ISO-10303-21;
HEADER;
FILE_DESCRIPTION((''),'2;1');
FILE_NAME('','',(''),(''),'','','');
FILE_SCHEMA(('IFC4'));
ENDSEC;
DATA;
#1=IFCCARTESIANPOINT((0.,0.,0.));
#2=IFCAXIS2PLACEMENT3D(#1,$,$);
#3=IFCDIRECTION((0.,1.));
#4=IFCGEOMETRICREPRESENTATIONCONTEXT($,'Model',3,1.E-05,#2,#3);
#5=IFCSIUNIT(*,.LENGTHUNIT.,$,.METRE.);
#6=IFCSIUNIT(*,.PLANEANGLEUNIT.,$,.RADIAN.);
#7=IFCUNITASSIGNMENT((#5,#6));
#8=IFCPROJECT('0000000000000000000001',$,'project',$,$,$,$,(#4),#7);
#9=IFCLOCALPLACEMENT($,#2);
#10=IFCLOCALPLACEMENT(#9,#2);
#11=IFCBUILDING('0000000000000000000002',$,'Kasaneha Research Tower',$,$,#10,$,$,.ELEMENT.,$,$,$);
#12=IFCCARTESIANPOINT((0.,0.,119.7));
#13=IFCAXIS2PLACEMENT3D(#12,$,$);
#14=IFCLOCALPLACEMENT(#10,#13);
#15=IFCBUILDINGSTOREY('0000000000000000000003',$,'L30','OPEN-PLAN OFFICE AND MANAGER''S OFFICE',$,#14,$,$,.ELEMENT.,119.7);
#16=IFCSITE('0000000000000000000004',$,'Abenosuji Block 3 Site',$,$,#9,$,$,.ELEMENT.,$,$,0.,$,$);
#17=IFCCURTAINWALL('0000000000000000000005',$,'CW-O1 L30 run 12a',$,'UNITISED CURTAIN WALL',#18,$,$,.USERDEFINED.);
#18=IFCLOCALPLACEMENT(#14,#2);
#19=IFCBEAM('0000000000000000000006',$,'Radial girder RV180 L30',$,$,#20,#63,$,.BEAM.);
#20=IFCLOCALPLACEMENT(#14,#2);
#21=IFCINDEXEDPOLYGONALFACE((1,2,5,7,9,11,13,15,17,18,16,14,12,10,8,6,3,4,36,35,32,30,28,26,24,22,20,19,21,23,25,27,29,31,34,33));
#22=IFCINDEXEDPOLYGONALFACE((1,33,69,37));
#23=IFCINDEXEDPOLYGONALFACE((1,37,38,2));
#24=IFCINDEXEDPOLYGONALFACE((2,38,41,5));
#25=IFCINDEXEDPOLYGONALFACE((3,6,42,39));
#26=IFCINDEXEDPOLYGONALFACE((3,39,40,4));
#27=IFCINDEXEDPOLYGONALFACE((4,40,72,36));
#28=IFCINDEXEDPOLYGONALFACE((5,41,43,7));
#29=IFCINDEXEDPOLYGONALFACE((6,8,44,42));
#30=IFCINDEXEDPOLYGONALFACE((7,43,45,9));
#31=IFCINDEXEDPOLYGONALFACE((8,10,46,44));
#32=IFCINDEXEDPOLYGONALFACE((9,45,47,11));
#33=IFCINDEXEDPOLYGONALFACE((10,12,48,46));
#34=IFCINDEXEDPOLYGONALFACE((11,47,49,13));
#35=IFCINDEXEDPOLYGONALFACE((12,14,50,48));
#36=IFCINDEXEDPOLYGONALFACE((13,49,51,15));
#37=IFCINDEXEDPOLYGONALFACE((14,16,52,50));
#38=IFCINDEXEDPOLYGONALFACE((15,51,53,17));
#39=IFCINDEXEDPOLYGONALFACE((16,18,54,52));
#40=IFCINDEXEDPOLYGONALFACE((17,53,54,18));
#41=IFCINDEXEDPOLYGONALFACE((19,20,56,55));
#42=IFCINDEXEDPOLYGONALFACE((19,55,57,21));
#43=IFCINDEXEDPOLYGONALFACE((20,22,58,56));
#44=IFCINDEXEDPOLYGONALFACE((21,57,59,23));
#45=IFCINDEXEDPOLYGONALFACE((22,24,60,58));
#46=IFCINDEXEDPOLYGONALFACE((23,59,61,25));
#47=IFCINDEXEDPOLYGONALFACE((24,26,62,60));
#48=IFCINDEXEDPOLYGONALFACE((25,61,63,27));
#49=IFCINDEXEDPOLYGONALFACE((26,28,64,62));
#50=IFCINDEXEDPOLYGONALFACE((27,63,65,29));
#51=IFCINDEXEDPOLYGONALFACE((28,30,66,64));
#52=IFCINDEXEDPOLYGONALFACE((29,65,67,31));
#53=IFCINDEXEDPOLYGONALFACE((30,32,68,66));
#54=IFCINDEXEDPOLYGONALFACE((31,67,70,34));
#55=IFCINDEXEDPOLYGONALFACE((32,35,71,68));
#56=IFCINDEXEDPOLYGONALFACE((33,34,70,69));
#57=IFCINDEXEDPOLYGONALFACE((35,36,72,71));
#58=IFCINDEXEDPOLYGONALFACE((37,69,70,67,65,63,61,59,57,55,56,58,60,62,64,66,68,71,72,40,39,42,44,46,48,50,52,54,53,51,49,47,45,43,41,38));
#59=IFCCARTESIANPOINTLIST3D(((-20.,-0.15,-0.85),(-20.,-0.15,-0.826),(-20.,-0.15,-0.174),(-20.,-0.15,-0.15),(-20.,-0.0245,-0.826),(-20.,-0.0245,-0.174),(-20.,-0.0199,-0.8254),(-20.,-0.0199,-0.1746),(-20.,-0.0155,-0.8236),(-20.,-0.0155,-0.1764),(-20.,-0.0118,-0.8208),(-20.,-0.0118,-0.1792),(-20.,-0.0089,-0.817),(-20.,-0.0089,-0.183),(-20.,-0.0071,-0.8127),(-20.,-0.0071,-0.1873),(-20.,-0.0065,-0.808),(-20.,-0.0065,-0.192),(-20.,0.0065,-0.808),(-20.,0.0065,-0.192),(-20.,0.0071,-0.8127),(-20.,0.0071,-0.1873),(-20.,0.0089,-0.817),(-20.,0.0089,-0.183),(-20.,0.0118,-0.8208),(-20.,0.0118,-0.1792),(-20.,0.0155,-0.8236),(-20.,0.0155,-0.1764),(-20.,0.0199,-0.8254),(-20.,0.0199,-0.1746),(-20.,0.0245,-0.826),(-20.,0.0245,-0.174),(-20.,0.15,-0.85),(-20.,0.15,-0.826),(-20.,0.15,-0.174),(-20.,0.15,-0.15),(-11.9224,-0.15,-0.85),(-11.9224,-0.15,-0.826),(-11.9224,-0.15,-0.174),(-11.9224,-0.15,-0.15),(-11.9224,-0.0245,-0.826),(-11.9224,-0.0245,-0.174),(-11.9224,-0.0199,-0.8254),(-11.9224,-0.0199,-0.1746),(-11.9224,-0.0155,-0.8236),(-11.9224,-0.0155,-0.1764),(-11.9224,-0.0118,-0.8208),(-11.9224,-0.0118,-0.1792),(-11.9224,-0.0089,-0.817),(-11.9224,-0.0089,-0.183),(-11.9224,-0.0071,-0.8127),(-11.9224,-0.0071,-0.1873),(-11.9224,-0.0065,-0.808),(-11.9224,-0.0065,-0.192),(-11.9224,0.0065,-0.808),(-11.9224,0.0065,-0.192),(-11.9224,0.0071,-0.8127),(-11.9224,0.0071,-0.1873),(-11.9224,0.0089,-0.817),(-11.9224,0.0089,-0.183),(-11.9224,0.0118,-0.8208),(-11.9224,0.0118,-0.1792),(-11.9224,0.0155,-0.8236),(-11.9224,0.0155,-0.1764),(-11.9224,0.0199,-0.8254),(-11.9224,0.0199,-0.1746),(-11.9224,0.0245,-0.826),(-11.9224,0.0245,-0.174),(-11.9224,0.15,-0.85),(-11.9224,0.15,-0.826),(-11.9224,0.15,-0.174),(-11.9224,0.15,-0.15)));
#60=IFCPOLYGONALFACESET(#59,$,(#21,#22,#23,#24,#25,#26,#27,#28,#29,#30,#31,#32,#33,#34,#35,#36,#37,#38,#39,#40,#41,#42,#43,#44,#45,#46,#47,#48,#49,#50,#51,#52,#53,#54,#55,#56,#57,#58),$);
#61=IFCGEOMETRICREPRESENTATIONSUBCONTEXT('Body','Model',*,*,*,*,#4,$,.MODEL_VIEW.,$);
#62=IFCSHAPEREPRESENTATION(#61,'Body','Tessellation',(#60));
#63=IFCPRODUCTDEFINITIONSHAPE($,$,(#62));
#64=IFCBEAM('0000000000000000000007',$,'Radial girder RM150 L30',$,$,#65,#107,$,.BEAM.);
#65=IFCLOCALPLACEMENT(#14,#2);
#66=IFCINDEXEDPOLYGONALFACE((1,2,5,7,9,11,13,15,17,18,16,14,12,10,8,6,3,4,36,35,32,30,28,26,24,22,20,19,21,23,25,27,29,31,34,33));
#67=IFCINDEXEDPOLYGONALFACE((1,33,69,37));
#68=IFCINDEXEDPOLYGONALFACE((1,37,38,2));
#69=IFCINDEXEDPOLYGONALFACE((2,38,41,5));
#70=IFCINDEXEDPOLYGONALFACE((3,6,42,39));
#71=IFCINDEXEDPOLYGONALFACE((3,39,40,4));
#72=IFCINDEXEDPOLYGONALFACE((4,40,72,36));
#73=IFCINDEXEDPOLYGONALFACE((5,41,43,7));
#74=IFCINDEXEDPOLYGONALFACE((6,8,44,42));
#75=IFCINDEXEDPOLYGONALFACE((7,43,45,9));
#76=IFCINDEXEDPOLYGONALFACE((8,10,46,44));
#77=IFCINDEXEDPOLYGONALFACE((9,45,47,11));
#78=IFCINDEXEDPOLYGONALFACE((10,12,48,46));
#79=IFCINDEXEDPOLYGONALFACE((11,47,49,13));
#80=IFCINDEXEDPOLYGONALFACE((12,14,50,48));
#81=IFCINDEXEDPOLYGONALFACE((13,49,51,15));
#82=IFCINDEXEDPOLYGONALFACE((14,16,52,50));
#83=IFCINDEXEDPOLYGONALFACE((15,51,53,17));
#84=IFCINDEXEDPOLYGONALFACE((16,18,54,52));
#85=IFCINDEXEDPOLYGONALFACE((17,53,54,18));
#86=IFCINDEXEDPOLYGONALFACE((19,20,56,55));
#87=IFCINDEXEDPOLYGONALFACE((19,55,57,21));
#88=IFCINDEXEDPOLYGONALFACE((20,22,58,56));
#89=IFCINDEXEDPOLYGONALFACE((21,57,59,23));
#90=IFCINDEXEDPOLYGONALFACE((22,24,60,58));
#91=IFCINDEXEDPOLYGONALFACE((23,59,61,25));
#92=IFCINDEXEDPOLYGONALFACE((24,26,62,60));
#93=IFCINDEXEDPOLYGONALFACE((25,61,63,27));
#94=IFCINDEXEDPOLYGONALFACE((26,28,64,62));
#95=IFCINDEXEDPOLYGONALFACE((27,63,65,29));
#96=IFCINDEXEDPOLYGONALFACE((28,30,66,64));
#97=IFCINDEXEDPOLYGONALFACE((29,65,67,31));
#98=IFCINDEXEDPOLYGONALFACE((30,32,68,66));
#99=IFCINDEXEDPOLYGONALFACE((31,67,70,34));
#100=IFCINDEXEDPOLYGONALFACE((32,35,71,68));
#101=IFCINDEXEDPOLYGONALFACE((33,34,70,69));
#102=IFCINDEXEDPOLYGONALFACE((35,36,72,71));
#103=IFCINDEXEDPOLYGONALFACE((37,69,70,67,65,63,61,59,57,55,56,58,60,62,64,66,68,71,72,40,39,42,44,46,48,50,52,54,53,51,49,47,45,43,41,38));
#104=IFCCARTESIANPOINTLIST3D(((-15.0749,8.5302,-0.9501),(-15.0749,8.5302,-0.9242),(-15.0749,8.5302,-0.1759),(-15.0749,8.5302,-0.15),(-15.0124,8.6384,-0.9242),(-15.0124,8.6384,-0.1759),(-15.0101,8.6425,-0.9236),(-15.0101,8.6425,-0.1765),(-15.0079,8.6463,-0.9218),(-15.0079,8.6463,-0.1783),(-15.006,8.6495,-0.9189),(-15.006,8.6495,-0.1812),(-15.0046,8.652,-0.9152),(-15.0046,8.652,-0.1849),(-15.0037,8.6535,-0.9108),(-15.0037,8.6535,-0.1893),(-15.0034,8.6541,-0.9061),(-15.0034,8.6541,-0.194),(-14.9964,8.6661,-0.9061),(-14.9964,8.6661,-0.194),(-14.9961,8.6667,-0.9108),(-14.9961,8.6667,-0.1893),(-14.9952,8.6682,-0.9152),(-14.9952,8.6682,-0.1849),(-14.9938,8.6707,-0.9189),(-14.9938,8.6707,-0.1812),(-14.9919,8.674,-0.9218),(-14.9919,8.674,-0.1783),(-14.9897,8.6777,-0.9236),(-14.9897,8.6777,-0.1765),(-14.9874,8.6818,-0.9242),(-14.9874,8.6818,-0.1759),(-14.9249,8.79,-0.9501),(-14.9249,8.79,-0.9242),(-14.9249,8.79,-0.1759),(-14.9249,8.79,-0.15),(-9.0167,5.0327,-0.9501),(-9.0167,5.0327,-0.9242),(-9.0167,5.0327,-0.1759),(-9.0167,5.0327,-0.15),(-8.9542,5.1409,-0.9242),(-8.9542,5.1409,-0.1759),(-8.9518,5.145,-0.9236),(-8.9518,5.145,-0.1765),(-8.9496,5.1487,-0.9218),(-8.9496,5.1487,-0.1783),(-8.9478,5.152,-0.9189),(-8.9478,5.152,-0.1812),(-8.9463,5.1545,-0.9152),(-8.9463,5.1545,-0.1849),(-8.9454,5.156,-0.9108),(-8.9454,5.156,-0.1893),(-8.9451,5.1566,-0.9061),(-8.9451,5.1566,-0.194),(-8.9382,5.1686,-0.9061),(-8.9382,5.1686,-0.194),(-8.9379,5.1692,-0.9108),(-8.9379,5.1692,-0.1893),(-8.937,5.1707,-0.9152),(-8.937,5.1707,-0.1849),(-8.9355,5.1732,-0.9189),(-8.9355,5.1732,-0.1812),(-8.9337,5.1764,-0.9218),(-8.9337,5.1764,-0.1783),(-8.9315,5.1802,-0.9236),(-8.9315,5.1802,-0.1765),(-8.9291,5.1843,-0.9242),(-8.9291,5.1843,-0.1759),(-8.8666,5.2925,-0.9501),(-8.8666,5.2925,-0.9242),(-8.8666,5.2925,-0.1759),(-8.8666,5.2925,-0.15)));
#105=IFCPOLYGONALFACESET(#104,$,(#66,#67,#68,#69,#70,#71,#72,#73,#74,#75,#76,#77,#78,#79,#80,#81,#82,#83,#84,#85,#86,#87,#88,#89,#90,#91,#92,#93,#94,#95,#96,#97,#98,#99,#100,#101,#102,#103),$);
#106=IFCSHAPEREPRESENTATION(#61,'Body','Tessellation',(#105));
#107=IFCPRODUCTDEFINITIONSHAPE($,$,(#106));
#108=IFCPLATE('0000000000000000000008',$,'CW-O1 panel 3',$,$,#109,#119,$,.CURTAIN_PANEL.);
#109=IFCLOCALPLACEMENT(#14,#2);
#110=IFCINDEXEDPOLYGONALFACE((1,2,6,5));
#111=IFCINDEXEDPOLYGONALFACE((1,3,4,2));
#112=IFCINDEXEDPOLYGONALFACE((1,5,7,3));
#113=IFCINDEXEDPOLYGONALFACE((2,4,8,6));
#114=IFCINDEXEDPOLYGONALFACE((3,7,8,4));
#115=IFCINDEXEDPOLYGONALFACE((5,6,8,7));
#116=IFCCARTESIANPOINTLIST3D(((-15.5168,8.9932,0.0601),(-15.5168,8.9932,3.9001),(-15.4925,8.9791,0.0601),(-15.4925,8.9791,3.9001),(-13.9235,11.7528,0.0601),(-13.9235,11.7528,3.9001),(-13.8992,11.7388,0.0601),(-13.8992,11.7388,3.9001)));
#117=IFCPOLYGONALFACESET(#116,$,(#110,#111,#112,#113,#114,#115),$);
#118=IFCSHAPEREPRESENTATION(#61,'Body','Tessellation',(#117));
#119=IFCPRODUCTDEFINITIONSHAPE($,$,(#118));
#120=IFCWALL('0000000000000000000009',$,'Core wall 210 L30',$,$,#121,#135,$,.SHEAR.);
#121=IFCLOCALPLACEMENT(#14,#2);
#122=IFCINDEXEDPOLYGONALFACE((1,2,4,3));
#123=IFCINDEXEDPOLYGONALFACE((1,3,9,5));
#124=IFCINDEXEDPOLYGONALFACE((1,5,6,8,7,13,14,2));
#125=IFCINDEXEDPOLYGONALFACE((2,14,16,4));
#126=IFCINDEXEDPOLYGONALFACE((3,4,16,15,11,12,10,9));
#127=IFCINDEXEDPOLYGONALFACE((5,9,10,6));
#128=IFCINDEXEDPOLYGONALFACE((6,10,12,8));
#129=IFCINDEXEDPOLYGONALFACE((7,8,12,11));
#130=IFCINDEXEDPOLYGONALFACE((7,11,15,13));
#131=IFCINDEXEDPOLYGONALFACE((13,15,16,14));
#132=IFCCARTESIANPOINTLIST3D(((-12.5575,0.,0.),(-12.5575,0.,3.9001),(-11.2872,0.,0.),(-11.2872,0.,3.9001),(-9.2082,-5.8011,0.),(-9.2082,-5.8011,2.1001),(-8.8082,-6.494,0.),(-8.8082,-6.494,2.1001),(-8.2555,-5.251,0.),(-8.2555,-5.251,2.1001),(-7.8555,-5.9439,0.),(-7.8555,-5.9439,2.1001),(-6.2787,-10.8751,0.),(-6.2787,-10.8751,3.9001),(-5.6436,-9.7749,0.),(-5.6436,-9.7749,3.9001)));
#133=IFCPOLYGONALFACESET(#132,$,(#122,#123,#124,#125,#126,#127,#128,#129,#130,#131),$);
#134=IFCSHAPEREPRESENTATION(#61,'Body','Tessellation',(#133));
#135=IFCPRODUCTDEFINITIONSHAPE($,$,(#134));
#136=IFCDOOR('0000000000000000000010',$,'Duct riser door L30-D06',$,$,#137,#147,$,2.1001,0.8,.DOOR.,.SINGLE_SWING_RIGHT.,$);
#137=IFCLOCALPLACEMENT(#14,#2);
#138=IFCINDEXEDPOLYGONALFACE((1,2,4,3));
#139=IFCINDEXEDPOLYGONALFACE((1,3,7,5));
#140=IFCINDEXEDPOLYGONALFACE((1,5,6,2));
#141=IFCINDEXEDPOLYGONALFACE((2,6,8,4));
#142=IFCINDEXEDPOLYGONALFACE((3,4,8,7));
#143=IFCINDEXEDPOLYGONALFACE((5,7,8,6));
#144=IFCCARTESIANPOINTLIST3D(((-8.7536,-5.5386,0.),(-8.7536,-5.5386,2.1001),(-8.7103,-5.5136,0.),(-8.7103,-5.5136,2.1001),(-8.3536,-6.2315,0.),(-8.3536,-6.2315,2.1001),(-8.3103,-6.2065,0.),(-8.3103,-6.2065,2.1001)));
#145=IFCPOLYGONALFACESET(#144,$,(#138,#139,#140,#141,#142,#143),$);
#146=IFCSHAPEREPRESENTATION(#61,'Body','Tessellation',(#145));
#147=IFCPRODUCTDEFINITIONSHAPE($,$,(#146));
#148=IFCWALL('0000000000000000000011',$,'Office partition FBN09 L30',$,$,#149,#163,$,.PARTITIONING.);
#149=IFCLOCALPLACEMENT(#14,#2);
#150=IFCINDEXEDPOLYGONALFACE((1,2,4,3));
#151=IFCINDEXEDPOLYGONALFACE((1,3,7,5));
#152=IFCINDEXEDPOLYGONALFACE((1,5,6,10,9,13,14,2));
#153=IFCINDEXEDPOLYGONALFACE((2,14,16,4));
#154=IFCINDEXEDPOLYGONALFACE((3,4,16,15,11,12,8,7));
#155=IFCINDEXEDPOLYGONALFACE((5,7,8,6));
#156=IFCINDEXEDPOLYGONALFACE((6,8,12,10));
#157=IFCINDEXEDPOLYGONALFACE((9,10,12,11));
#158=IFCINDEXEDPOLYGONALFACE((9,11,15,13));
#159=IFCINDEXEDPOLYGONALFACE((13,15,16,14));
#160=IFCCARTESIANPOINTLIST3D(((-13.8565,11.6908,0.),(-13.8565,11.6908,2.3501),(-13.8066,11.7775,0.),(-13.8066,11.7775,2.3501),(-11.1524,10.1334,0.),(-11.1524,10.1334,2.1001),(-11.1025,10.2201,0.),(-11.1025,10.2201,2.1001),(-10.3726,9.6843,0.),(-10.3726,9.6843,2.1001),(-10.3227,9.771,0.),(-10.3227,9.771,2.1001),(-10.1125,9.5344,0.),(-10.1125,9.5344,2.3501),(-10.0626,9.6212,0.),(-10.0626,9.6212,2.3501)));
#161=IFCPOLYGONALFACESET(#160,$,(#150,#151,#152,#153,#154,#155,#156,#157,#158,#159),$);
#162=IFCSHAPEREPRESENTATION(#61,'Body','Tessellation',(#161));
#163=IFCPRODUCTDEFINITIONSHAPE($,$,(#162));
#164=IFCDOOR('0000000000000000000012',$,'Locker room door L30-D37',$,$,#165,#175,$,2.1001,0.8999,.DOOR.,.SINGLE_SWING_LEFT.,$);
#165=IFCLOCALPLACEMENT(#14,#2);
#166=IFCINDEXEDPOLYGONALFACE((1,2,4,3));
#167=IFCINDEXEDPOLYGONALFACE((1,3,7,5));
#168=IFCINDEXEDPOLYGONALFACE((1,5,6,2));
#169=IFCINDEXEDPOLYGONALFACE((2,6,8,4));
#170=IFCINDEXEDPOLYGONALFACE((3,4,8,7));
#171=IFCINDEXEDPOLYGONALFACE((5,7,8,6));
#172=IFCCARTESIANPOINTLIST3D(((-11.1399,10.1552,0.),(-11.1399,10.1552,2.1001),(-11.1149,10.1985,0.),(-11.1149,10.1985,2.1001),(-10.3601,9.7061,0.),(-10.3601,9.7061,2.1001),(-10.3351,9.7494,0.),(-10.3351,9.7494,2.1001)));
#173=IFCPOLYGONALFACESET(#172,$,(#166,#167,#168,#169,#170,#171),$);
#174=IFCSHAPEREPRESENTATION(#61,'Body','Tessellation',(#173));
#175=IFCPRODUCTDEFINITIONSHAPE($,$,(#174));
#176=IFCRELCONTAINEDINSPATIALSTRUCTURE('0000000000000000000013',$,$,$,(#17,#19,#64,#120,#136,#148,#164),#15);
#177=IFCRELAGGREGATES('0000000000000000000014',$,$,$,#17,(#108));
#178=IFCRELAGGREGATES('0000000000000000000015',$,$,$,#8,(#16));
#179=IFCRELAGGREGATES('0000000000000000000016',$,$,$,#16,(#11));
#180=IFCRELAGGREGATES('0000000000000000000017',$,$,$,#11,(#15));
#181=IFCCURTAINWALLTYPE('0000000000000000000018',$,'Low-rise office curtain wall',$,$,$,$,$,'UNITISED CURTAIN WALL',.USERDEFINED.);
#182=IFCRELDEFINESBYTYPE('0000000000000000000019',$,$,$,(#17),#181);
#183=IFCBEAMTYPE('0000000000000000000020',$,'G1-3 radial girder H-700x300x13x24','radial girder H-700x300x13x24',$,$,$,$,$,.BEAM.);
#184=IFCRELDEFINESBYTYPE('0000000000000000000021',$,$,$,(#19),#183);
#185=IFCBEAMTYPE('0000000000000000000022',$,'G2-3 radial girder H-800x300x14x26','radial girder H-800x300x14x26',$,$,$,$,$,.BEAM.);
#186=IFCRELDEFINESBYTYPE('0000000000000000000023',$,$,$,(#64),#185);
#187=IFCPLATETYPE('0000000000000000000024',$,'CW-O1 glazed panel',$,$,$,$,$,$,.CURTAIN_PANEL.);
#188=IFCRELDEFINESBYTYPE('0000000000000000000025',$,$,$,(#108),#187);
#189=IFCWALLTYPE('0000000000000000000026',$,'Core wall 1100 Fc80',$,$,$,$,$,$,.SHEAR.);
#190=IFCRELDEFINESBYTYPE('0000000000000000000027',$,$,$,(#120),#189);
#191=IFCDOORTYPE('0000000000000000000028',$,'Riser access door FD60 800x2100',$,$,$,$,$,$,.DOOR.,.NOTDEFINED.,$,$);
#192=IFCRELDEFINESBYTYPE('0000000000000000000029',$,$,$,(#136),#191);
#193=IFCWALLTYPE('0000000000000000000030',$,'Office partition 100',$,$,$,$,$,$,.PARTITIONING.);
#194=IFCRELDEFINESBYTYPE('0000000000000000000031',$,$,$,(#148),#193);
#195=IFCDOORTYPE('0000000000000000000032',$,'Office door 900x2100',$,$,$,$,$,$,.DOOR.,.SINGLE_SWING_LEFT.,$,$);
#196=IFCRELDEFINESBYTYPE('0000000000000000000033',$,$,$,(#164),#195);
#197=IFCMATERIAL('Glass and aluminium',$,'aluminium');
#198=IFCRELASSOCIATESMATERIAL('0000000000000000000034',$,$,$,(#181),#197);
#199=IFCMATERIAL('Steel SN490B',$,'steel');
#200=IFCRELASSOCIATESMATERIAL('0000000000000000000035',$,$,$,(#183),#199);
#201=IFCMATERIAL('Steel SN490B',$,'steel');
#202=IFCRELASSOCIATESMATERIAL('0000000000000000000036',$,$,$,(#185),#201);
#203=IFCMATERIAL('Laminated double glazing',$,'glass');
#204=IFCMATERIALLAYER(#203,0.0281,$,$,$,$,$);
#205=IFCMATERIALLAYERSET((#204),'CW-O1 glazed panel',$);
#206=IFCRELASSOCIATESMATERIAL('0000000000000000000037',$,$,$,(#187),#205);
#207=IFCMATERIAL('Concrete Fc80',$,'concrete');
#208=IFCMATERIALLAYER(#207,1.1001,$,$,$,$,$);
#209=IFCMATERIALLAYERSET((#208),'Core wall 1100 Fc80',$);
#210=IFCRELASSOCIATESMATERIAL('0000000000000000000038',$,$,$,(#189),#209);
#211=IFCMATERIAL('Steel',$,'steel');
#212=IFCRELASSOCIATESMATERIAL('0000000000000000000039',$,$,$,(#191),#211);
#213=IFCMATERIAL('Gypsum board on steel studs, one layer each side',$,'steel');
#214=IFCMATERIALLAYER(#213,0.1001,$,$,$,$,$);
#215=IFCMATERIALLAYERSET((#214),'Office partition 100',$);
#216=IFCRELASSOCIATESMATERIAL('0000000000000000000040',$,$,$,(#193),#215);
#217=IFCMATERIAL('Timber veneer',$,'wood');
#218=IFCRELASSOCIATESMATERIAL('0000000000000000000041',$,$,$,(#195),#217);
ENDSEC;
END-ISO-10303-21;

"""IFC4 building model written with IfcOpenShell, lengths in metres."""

from ifc_helpers import new_model, si_unit, direction, frame, frame_2d, origin, origin_2d, place, context, subcontext, project, spatial, polyline, rectangle, i_section, outline, extrude, material, layer, layer_set, material_profile, profile_set, type_object, element, fill, aggregate, save


model = new_model("IFC4")

# Units and contexts
model_context = context("Model", 3, precision=1e-05, world=origin(), true_north=direction((0.0, 1.0)))
body_context = subcontext(model_context, "Body", "Model", "MODEL_VIEW")
ifc_project = project(units=[si_unit("LENGTHUNIT", "METRE"), si_unit("PLANEANGLEUNIT", "RADIAN")], contexts=[model_context])

# Site, building, storey
site_placement = place(None, origin())
site = spatial("IfcSite", under=ifc_project, at=site_placement, Name="Abenosuji Block 3 Site", CompositionType="ELEMENT", RefElevation=0.0)
building_placement = place(site_placement, origin())
building = spatial("IfcBuilding", under=site, at=building_placement, Name="Kasaneha Research Tower", CompositionType="ELEMENT")
storey_placement = place(building_placement, frame((0.0, 0.0, 119.7)))
storey = spatial("IfcBuildingStorey", under=building, at=storey_placement, Name="L30", Description="OPEN-PLAN OFFICE AND MANAGER'S OFFICE", CompositionType="ELEMENT", Elevation=119.7)

# Curtain wall
ifc_material_1 = material(Name="Glass and aluminium", Category="aluminium")
curtain_wall_type = type_object("IfcCurtainWallType", Name="Low-rise office curtain wall", ElementType="UNITISED CURTAIN WALL", PredefinedType="USERDEFINED", material=ifc_material_1)
curtain_wall_placement = place(storey_placement, origin())
curtain_wall = element("IfcCurtainWall", 1, at=curtain_wall_placement, inside=storey, type_object=curtain_wall_type, Name="CW-O1 L30 run 12a", ObjectType="UNITISED CURTAIN WALL", PredefinedType="USERDEFINED")

# Beams
ifc_material_2 = material(Name="Steel SN490B", Category="steel")
ifc_material_profile_1 = material_profile(ifc_material_2, i_section(OverallWidth=0.3, OverallDepth=0.7, WebThickness=0.0129, FlangeThickness=0.0239, FilletRadius=0.0181, at=origin_2d()), Name="H-700x300x13x24")
ifc_profile_set_1 = profile_set([ifc_material_profile_1], Name="Steel SN490B")
beam_type_1 = type_object("IfcBeamType", Name="G1-3 radial girder H-700x300x13x24", Description="radial girder H-700x300x13x24", PredefinedType="BEAM", material=ifc_profile_set_1)
beam_1_placement = place(storey_placement, frame((-11.9224, 0.0, -0.5), z_axis=(-1.0, 0.0, 0.0), x_axis=(0.0, -1.0, 0.0)))
element("IfcBeam", 2, at=beam_1_placement, inside=storey, type_object=beam_type_1, Name="Radial girder RV180 L30", PredefinedType="BEAM", context=body_context, shape_type="SweptSolid", body=[
    extrude(i_section(OverallWidth=0.3, OverallDepth=0.7, WebThickness=0.0129, FlangeThickness=0.0239, FilletRadius=0.0181, at=origin_2d()), origin(), (0.0, 0.0, 1.0), 8.0776),
])
ifc_material_3 = material(Name="Steel SN490B", Category="steel")
ifc_material_profile_2 = material_profile(ifc_material_3, i_section(OverallWidth=0.3, OverallDepth=0.8, WebThickness=0.0139, FlangeThickness=0.0259, FilletRadius=0.0181, at=origin_2d()), Name="H-800x300x14x26")
ifc_profile_set_2 = profile_set([ifc_material_profile_2], Name="Steel SN490B")
beam_type_2 = type_object("IfcBeamType", Name="G2-3 radial girder H-800x300x14x26", Description="radial girder H-800x300x14x26", PredefinedType="BEAM", material=ifc_profile_set_2)
beam_2_placement = place(storey_placement, frame((-8.9417, 5.1626, -0.55), z_axis=(-0.86604, 0.499975, 0.0), x_axis=(-0.499975, -0.86604, 0.0)))
element("IfcBeam", 3, at=beam_2_placement, inside=storey, type_object=beam_type_2, Name="Radial girder RM150 L30", PredefinedType="BEAM", context=body_context, shape_type="SweptSolid", body=[
    extrude(i_section(OverallWidth=0.3, OverallDepth=0.8, WebThickness=0.0139, FlangeThickness=0.0259, FilletRadius=0.0181, at=origin_2d()), origin(), (0.0, 0.0, 1.0), 6.9954),
])

# Plate
ifc_material_4 = material(Name="Laminated double glazing", Category="glass")
ifc_layer_1 = layer(ifc_material_4, 0.0281)
ifc_layer_set_1 = layer_set([ifc_layer_1], Name="CW-O1 glazed panel")
plate_type = type_object("IfcPlateType", Name="CW-O1 glazed panel", PredefinedType="CURTAIN_PANEL", material=ifc_layer_set_1)
plate_placement = place(storey_placement, frame((-14.708, 10.366, 0.0601), z_axis=(0.0, 0.0, 1.0), x_axis=(-0.5, -0.866025, 0.0)))
plate = element("IfcPlate", 4, at=plate_placement, type_object=plate_type, Name="CW-O1 panel 3", PredefinedType="CURTAIN_PANEL", context=body_context, shape_type="SweptSolid", body=[
    extrude(rectangle(XDim=3.1865, YDim=0.0281, at=origin_2d()), origin(), (0.0, 0.0, 1.0), 3.8401),
])
aggregate(curtain_wall, [plate])

# Walls, openings, doors
ifc_material_5 = material(Name="Concrete Fc80", Category="concrete")
ifc_layer_2 = layer(ifc_material_5, 1.1001)
ifc_layer_set_2 = layer_set([ifc_layer_2], Name="Core wall 1100 Fc80")
wall_type_1 = type_object("IfcWallType", Name="Core wall 1100 Fc80", PredefinedType="SHEAR", material=ifc_layer_set_2)
wall_1_placement = place(storey_placement, frame((-11.9224, 0.0, 0.0), z_axis=(0.0, 0.0, 1.0), x_axis=(0.500004, -0.866023, 0.0)))
wall_1 = element("IfcWall", 5, at=wall_1_placement, inside=storey, type_object=wall_type_1, Name="Core wall 210 L30", PredefinedType="SHEAR", context=body_context, shape_type="SweptSolid", body=[
    extrude(outline(polyline([(-0.3176, -0.55), (6.3811, -0.55), (7.1812, -0.55), (12.24, -0.55), (11.6047, 0.55), (7.1812, 0.55), (6.3811, 0.55), (0.3176, 0.55), (-0.3176, -0.55)])), origin(), (0.0, 0.0, 1.0), 3.9001),
])
opening_1_placement = place(wall_1_placement, frame((6.3811, 0.0, 0.0)))
opening_1 = element("IfcOpeningElement", 6, at=opening_1_placement, cuts=wall_1, PredefinedType="OPENING", context=body_context, shape_type="SweptSolid", body=[
    extrude(rectangle(XDim=0.8, YDim=2.1001, at=frame_2d((0.3999, 1.05))), frame((0.0, 0.5601, 0.0), z_axis=(0.0, -1.0, 0.0), x_axis=(1.0, 0.0, 0.0)), (0.0, 0.0, 1.0), 1.1201),
])
ifc_material_6 = material(Name="Steel", Category="steel")
door_type_1 = type_object("IfcDoorType", Name="Riser access door FD60 800x2100", OperationType="NOTDEFINED", PredefinedType="DOOR", material=ifc_material_6)
door_1_placement = place(opening_1_placement, origin())
door_1 = element("IfcDoor", 7, at=door_1_placement, inside=storey, type_object=door_type_1, Name="Duct riser door L30-D06", OperationType="SINGLE_SWING_RIGHT", OverallHeight=2.1001, OverallWidth=0.8, PredefinedType="DOOR", context=body_context, shape_type="SweptSolid", body=[
    extrude(rectangle(XDim=0.8, YDim=2.1001, at=frame_2d((0.3999, 1.05))), frame((0.0, 0.0249, 0.0), z_axis=(0.0, -1.0, 0.0), x_axis=(1.0, 0.0, 0.0)), (0.0, 0.0, 1.0), 0.05),
])
fill(opening_1, door_1)
ifc_material_7 = material(Name="Gypsum board on steel studs, one layer each side", Category="steel")
ifc_layer_3 = layer(ifc_material_7, 0.1001)
ifc_layer_set_3 = layer_set([ifc_layer_3], Name="Office partition 100")
wall_type_2 = type_object("IfcWallType", Name="Office partition 100", PredefinedType="PARTITIONING", material=ifc_layer_set_3)
wall_2_placement = place(storey_placement, frame((-10.0876, 9.5779, 0.0), z_axis=(0.0, 0.0, 1.0), x_axis=(-0.866555, 0.499081, 0.0)))
wall_2 = element("IfcWall", 8, at=wall_2_placement, inside=storey, type_object=wall_type_2, Name="Office partition FBN09 L30", PredefinedType="PARTITIONING", context=body_context, shape_type="SweptSolid", body=[
    extrude(rectangle(XDim=4.3206, YDim=0.1001, at=frame_2d((2.1602, 0.0))), origin(), (0.0, 0.0, 1.0), 2.3501),
])
opening_2_placement = place(wall_2_placement, frame((0.3, 0.0, 0.0)))
opening_2 = element("IfcOpeningElement", 9, at=opening_2_placement, cuts=wall_2, PredefinedType="OPENING", context=body_context, shape_type="SweptSolid", body=[
    extrude(rectangle(XDim=0.8999, YDim=2.1001, at=frame_2d((0.45, 1.05))), frame((0.0, 0.0601, 0.0), z_axis=(0.0, -1.0, 0.0), x_axis=(1.0, 0.0, 0.0)), (0.0, 0.0, 1.0), 0.1201),
])
ifc_material_8 = material(Name="Timber veneer", Category="wood")
door_type_2 = type_object("IfcDoorType", Name="Office door 900x2100", OperationType="SINGLE_SWING_LEFT", PredefinedType="DOOR", material=ifc_material_8)
door_2_placement = place(opening_2_placement, origin())
door_2 = element("IfcDoor", 10, at=door_2_placement, inside=storey, type_object=door_type_2, Name="Locker room door L30-D37", OperationType="SINGLE_SWING_LEFT", OverallHeight=2.1001, OverallWidth=0.8999, PredefinedType="DOOR", context=body_context, shape_type="SweptSolid", body=[
    extrude(rectangle(XDim=0.8999, YDim=2.1001, at=frame_2d((0.45, 1.05))), frame((0.0, 0.0249, 0.0), z_axis=(0.0, -1.0, 0.0), x_axis=(1.0, 0.0, 0.0)), (0.0, 0.0, 1.0), 0.05),
])
fill(opening_2, door_2)

save(model, "model.ifc")
